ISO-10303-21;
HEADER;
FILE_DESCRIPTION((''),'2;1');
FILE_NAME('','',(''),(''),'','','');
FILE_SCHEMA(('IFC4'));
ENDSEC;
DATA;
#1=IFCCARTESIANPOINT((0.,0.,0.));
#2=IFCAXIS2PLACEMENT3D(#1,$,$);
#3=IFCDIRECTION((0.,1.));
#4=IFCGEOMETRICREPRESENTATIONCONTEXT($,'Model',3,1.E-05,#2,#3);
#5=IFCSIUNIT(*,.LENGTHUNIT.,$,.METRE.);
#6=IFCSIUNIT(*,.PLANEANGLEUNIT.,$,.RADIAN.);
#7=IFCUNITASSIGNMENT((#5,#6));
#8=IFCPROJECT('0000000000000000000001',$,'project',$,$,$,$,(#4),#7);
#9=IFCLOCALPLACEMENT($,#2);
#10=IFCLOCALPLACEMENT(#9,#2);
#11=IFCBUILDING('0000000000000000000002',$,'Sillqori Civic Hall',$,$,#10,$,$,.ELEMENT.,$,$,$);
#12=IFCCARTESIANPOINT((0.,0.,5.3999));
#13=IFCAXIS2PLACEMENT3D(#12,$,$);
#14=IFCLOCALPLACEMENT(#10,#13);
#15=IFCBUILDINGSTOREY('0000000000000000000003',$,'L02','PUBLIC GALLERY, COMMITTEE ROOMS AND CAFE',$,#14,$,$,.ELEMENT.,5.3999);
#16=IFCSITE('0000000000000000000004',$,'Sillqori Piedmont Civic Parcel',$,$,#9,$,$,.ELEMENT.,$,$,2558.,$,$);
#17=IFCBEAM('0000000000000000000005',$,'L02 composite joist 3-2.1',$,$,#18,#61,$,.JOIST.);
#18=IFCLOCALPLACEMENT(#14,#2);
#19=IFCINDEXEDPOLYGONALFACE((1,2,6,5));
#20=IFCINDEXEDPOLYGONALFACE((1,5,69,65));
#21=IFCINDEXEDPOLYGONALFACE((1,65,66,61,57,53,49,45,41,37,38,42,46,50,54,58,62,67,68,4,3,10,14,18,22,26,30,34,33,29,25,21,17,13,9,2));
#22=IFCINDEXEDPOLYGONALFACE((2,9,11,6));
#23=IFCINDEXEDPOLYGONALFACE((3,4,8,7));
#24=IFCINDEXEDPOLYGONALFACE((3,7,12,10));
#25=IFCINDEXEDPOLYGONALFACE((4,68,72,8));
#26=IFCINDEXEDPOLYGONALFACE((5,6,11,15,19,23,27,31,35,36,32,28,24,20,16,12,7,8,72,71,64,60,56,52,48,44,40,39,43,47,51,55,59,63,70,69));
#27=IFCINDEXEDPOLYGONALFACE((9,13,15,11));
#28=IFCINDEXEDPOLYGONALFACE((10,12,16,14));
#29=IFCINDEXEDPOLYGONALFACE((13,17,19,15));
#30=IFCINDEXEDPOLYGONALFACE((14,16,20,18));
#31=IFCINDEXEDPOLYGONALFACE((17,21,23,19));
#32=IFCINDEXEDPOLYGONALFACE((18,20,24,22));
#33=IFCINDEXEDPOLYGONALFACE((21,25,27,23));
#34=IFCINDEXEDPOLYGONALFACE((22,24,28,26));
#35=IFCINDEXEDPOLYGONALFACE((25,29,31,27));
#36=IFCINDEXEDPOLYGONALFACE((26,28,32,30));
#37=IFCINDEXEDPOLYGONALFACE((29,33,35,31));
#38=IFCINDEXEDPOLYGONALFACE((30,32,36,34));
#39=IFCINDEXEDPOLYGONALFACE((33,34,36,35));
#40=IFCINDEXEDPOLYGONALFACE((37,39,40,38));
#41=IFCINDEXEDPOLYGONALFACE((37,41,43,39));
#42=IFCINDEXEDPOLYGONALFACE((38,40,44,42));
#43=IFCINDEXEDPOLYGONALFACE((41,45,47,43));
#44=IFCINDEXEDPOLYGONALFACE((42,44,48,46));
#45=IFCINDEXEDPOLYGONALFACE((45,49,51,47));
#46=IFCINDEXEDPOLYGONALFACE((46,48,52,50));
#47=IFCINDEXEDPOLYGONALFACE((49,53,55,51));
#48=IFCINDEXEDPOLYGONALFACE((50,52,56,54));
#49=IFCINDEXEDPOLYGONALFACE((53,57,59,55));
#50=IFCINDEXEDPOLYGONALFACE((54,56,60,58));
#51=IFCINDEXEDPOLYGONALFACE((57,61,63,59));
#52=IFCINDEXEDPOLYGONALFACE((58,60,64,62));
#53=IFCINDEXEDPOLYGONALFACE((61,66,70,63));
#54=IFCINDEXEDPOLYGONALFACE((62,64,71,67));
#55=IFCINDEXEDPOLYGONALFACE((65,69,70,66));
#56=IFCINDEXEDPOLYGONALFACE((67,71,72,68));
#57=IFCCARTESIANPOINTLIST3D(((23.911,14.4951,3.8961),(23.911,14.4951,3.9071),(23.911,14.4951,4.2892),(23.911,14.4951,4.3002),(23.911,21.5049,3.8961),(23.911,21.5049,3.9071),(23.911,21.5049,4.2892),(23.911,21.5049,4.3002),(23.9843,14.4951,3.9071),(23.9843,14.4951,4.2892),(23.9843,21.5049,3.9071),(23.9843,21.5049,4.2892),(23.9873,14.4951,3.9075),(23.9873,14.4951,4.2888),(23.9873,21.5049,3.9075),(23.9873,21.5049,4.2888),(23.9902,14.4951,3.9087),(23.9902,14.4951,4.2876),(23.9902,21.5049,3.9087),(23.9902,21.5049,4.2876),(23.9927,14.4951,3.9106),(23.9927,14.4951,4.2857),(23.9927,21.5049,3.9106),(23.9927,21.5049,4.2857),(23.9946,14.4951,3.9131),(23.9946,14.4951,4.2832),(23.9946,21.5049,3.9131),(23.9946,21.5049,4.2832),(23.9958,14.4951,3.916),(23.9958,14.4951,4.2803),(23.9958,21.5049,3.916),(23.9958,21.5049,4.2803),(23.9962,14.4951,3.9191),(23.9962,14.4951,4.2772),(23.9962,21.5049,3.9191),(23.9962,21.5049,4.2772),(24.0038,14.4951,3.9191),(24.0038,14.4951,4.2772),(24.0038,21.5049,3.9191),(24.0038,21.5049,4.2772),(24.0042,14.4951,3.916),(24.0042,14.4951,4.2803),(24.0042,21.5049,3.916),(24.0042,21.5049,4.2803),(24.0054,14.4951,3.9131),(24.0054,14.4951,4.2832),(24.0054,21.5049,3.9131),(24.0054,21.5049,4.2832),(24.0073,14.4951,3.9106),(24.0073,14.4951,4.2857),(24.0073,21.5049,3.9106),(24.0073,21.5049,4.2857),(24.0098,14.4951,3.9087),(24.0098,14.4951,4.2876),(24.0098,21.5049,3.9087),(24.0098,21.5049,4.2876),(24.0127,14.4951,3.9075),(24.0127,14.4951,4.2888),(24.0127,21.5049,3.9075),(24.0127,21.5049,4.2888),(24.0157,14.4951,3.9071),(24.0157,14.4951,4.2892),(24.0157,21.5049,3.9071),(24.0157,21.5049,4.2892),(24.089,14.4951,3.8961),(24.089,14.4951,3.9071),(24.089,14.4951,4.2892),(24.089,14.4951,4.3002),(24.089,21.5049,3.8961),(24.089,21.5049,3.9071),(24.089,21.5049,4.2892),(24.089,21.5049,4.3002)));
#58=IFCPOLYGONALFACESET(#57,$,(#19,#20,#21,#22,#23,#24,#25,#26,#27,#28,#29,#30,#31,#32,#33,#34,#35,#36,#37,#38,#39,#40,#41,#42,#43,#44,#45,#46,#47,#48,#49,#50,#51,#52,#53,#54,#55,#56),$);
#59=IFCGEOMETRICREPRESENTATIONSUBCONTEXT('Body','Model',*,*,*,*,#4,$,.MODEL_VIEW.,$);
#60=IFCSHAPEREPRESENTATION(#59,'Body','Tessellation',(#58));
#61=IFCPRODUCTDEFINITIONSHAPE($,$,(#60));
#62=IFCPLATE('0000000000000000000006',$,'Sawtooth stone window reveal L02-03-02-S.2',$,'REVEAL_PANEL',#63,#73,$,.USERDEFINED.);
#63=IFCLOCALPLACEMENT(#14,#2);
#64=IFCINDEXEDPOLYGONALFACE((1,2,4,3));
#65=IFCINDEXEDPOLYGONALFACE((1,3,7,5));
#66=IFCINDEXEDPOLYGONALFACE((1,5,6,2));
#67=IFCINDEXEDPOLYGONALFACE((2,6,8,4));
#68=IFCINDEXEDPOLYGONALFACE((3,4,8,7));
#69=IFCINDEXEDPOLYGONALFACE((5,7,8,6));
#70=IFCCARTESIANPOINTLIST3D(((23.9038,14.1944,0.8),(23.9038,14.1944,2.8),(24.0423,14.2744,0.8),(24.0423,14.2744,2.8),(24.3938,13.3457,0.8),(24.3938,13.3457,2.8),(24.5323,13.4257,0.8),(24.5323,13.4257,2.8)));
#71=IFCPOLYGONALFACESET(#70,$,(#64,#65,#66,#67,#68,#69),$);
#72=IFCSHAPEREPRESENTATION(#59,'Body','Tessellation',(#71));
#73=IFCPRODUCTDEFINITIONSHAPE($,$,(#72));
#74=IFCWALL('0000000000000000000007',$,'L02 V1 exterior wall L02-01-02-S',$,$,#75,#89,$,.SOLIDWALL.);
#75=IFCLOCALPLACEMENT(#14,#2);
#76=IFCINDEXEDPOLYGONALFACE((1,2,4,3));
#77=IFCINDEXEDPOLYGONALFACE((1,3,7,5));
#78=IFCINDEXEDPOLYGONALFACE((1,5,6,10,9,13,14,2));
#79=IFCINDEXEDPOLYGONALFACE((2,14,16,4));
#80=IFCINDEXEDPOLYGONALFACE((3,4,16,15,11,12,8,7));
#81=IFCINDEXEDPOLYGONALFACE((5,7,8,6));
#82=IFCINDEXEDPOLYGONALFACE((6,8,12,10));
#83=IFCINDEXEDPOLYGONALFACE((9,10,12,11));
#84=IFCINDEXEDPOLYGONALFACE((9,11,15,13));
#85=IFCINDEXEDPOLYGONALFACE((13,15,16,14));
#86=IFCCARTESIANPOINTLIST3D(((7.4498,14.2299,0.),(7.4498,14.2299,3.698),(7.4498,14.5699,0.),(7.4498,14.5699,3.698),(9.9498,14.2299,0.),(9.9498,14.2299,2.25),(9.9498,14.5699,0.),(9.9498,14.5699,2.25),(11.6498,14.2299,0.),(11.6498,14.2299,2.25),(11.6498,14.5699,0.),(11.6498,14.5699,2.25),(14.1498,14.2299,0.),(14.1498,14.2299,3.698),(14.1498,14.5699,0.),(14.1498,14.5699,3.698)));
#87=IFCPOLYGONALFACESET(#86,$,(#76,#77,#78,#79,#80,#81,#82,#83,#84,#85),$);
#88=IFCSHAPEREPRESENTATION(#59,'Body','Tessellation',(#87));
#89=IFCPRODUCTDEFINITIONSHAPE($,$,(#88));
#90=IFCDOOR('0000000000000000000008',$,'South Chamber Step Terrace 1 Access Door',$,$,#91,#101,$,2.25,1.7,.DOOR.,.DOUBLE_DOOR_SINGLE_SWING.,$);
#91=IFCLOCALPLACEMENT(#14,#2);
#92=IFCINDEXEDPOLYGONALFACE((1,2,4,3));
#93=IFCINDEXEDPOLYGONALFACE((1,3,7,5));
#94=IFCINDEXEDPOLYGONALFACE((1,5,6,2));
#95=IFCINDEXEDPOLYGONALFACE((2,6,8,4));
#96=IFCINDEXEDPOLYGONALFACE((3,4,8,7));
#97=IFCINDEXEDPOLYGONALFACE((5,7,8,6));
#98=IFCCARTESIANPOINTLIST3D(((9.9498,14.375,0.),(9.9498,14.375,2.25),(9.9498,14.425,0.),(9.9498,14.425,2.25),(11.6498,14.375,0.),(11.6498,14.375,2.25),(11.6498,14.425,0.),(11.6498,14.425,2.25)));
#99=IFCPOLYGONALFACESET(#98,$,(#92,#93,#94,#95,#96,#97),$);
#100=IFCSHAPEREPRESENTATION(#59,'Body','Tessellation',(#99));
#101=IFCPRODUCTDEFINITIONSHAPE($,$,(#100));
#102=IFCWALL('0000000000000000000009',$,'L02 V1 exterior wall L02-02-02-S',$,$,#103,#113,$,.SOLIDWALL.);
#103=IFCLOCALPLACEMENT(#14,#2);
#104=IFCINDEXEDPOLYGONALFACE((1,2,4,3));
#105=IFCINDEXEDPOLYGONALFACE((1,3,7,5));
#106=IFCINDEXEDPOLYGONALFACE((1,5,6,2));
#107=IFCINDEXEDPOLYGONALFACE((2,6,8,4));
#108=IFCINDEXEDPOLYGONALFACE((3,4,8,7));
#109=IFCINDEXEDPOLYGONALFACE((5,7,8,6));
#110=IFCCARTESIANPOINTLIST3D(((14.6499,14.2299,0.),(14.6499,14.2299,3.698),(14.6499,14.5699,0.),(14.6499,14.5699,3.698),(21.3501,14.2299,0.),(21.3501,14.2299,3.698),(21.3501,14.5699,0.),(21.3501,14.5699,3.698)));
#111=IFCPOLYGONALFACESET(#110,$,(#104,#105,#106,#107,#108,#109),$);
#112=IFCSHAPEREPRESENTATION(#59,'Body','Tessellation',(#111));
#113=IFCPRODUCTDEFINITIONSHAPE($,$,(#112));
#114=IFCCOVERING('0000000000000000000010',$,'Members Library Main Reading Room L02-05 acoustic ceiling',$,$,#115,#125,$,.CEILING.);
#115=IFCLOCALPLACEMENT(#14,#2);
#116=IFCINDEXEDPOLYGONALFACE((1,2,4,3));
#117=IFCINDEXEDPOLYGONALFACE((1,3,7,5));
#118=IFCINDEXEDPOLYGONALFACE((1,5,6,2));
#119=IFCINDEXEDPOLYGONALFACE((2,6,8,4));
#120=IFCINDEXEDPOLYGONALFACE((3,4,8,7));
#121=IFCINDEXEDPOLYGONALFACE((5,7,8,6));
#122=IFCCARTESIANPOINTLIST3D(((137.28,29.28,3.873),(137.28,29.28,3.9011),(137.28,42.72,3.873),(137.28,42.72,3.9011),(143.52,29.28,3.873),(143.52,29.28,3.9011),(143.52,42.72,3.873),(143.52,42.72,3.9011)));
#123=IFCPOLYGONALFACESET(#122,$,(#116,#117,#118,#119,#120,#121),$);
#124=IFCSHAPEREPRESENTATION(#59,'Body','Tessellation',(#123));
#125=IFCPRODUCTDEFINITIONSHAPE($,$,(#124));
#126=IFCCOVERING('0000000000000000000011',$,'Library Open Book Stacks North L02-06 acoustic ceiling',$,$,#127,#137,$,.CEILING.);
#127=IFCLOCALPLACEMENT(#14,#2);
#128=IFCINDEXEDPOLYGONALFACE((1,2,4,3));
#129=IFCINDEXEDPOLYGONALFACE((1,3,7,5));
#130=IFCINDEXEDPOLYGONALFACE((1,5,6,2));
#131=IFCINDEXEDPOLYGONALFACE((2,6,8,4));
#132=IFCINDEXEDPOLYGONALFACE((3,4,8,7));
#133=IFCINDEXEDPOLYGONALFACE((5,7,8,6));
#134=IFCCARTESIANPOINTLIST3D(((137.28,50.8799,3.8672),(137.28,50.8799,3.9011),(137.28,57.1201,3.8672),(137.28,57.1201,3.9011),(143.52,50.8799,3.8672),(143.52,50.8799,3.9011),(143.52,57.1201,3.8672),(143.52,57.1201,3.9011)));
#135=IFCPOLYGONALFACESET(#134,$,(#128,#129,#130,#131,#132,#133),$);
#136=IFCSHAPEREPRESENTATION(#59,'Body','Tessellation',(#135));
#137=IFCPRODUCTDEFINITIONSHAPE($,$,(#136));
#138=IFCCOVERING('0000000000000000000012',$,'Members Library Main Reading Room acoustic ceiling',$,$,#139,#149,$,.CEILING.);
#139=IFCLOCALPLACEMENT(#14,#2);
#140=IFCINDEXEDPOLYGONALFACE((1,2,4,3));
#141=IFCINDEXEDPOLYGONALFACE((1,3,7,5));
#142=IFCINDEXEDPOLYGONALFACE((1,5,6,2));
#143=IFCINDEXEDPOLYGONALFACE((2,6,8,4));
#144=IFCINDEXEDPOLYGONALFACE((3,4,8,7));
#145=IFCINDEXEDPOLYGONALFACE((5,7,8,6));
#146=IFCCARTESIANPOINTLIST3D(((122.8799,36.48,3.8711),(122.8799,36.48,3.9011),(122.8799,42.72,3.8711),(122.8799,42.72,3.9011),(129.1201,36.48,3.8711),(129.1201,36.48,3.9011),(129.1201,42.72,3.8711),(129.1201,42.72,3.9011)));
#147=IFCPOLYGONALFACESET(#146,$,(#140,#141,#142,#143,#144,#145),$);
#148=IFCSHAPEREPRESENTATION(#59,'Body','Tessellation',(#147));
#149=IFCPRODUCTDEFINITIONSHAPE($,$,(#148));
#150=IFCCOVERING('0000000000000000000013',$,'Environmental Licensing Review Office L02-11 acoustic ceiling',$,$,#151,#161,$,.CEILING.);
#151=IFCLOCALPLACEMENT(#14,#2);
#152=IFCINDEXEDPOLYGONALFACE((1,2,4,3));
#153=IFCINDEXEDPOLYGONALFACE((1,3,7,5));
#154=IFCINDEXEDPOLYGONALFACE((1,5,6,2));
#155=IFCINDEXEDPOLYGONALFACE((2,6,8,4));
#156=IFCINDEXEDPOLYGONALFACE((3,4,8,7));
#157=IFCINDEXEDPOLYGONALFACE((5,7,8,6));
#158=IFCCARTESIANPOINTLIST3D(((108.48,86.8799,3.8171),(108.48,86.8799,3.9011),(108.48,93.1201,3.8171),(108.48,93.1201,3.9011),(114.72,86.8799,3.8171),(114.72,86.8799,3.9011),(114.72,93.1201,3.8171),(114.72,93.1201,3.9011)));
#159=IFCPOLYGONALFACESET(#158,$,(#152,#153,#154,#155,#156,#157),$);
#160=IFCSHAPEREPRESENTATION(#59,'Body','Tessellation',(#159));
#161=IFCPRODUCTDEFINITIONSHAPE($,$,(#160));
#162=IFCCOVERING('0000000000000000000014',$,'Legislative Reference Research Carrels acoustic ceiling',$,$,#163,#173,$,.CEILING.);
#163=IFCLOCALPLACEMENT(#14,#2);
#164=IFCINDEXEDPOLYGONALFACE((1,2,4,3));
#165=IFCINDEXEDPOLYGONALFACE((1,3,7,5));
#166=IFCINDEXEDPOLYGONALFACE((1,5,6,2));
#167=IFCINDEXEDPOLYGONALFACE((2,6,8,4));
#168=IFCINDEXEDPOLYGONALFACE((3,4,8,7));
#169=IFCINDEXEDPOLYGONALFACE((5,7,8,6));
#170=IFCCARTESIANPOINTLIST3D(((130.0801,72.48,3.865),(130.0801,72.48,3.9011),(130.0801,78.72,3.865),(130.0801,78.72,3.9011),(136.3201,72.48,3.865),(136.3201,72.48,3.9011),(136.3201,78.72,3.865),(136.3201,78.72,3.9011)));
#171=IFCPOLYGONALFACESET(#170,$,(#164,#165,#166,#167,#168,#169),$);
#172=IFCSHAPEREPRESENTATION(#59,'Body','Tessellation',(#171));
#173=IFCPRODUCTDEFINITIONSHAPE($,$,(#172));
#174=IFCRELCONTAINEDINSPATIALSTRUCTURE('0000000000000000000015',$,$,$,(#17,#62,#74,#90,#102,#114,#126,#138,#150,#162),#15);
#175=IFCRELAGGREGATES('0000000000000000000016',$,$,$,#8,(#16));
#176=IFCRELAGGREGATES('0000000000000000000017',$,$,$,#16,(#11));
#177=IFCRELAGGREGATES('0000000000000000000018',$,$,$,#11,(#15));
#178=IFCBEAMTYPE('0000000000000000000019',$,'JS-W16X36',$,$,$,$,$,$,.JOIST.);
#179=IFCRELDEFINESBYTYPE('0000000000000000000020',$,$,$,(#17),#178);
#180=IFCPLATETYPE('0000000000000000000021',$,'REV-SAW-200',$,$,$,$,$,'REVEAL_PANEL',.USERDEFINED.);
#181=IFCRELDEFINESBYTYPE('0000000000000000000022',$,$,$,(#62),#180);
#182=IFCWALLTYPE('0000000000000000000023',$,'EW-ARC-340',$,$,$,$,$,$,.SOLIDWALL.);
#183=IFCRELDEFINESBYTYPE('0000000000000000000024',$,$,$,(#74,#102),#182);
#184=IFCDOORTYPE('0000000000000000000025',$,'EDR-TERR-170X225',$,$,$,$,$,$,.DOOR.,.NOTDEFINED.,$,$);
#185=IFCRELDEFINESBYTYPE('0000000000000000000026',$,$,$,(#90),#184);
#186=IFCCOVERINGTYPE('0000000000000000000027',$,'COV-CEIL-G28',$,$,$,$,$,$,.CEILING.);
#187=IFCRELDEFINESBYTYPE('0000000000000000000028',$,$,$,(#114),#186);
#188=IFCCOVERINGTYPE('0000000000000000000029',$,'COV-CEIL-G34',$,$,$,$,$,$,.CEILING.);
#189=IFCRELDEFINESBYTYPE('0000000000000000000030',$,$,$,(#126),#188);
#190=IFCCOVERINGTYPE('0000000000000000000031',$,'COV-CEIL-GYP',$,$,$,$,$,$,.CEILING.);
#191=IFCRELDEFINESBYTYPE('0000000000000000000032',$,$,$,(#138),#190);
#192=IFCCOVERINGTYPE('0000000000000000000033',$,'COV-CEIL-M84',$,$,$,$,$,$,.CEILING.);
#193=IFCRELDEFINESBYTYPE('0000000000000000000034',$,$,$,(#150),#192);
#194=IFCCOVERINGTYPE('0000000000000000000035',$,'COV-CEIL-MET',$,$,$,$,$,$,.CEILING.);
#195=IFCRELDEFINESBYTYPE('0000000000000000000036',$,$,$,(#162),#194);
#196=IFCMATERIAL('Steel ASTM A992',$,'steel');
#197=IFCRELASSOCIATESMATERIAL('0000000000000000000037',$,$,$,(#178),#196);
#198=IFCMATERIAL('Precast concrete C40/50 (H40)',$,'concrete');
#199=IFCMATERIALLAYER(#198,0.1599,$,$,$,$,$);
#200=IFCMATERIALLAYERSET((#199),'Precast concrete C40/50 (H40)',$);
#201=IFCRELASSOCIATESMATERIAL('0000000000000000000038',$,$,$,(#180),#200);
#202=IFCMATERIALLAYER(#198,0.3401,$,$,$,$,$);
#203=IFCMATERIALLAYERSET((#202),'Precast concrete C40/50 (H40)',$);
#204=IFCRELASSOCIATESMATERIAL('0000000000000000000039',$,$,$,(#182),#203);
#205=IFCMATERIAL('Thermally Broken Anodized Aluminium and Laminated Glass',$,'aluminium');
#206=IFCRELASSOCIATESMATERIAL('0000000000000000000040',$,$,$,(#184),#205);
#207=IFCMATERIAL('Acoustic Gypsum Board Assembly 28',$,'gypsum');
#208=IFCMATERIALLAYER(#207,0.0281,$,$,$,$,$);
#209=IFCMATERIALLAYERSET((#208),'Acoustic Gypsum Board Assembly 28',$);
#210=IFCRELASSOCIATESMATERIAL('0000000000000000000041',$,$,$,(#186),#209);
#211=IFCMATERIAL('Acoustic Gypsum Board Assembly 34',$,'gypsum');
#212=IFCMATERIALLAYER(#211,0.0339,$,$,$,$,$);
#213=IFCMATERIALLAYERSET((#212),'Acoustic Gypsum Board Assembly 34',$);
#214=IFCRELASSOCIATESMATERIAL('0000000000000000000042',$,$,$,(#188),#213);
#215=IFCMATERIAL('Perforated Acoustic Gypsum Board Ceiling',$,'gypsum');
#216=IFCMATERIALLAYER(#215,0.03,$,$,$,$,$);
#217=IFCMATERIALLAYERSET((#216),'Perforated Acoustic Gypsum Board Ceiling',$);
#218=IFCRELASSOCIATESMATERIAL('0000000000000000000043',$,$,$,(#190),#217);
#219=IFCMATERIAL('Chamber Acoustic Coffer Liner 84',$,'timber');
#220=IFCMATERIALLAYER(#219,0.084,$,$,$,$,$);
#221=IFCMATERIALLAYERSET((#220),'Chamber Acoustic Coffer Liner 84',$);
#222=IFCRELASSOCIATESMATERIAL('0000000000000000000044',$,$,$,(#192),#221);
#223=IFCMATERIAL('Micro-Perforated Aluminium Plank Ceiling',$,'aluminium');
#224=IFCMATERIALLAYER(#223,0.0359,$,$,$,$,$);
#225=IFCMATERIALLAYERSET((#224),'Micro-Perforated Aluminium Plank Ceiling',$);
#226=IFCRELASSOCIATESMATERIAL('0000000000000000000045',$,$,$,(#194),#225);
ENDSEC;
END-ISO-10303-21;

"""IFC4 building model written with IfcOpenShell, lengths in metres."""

from ifc_helpers import new_model, si_unit, direction, frame, frame_2d, origin, origin_2d, place, context, subcontext, project, spatial, polyline, rectangle, i_section, outline, extrude, material, layer, layer_set, material_profile, profile_set, type_object, element, fill, save


model = new_model("IFC4")

# Units and contexts
model_context = context("Model", 3, precision=1e-05, world=origin(), true_north=direction((0.0, 1.0)))
body_context = subcontext(model_context, "Body", "Model", "MODEL_VIEW")
ifc_project = project(units=[si_unit("LENGTHUNIT", "METRE"), si_unit("PLANEANGLEUNIT", "RADIAN")], contexts=[model_context])

# Site, building, storey
site_placement = place(None, origin())
site = spatial("IfcSite", under=ifc_project, at=site_placement, Name="Sillqori Piedmont Civic Parcel", CompositionType="ELEMENT", RefElevation=2558.0)
building_placement = place(site_placement, origin())
building = spatial("IfcBuilding", under=site, at=building_placement, Name="Sillqori Civic Hall", CompositionType="ELEMENT")
storey_placement = place(building_placement, frame((0.0, 0.0, 5.3999)))
storey = spatial("IfcBuildingStorey", under=building, at=storey_placement, Name="L02", Description="PUBLIC GALLERY, COMMITTEE ROOMS AND CAFE", CompositionType="ELEMENT", Elevation=5.3999)

# Beam
ifc_material_1 = material(Name="Steel ASTM A992", Category="steel")
ifc_material_profile_1 = material_profile(ifc_material_1, i_section(OverallWidth=0.178, OverallDepth=0.4041, WebThickness=0.0076, FlangeThickness=0.011, FilletRadius=0.012, at=origin_2d()), Name="W16X36")
ifc_profile_set_1 = profile_set([ifc_material_profile_1], Name="Steel ASTM A992")
beam_type_1 = type_object("IfcBeamType", Name="JS-W16X36", PredefinedType="JOIST", material=ifc_profile_set_1)
for number, where, z_axis, x_axis, name in (
    (1, (24.0, 14.4951, 4.0981), (0.0, 1.0, 0.0), (-1.0, 0.0, 0.0), "L02 composite joist 3-2.1"),
):
    element("IfcBeam", number, at=place(storey_placement, frame(where, z_axis=z_axis, x_axis=x_axis)), inside=storey, type_object=beam_type_1, Name=name, PredefinedType="JOIST", context=body_context, shape_type="SweptSolid", body=[
        extrude(i_section(OverallWidth=0.178, OverallDepth=0.4041, WebThickness=0.0076, FlangeThickness=0.011, FilletRadius=0.012, at=origin_2d()), origin(), (0.0, 0.0, 1.0), 7.0098),
    ])

# Plate
ifc_material_2 = material(Name="Precast concrete C40/50 (H40)", Category="concrete")
ifc_layer_1 = layer(ifc_material_2, 0.1599)
ifc_layer_set_1 = layer_set([ifc_layer_1], Name="Precast concrete C40/50 (H40)")
plate_type = type_object("IfcPlateType", Name="REV-SAW-200", ElementType="REVEAL_PANEL", PredefinedType="USERDEFINED", material=ifc_layer_set_1)
plate_placement = place(storey_placement, frame((24.218, 13.8101, 0.8), z_axis=(0.0, 0.0, 1.0), x_axis=(-0.866025, -0.5, 0.0)))
element("IfcPlate", 2, at=plate_placement, inside=storey, type_object=plate_type, Name="Sawtooth stone window reveal L02-03-02-S.2", ObjectType="REVEAL_PANEL", PredefinedType="USERDEFINED", context=body_context, shape_type="SweptSolid", body=[
    extrude(rectangle(XDim=0.1599, YDim=0.98, at=origin_2d()), origin(), (0.0, 0.0, 1.0), 2.0),
])

# Wall, opening, door
ifc_layer_2 = layer(ifc_material_2, 0.3401)
ifc_layer_set_2 = layer_set([ifc_layer_2], Name="Precast concrete C40/50 (H40)")
wall_type = type_object("IfcWallType", Name="EW-ARC-340", PredefinedType="SOLIDWALL", material=ifc_layer_set_2)
wall_1_placement = place(storey_placement, frame((14.1499, 14.3999, 0.0), z_axis=(0.0, 0.0, 1.0), x_axis=(-1.0, 0.0, 0.0)))
wall_1 = element("IfcWall", 3, at=wall_1_placement, inside=storey, type_object=wall_type, Name="L02 V1 exterior wall L02-01-02-S", PredefinedType="SOLIDWALL", context=body_context, shape_type="SweptSolid", body=[
    extrude(rectangle(XDim=6.7, YDim=0.3401, at=frame_2d((3.3501, 0.0))), origin(), (0.0, 0.0, 1.0), 3.698),
])
opening_placement = place(wall_1_placement, frame((2.5, 0.0, 0.0)))
opening = element("IfcOpeningElement", 4, at=opening_placement, cuts=wall_1, PredefinedType="OPENING", context=body_context, shape_type="SweptSolid", body=[
    extrude(rectangle(XDim=1.7, YDim=2.25, at=frame_2d((0.8501, 1.125))), frame((0.0, 0.1799, 0.0), z_axis=(0.0, -1.0, 0.0), x_axis=(1.0, 0.0, 0.0)), (0.0, 0.0, 1.0), 0.3601),
])
ifc_material_3 = material(Name="Thermally Broken Anodized Aluminium and Laminated Glass", Category="aluminium")
door_type = type_object("IfcDoorType", Name="EDR-TERR-170X225", OperationType="NOTDEFINED", PredefinedType="DOOR", material=ifc_material_3)
door_placement = place(opening_placement, origin())
door = element("IfcDoor", 5, at=door_placement, inside=storey, type_object=door_type, Name="South Chamber Step Terrace 1 Access Door", OperationType="DOUBLE_DOOR_SINGLE_SWING", OverallHeight=2.25, OverallWidth=1.7, PredefinedType="DOOR", context=body_context, shape_type="SweptSolid", body=[
    extrude(rectangle(XDim=1.7, YDim=2.25, at=frame_2d((0.8501, 1.125))), frame((0.0, 0.0249, 0.0), z_axis=(0.0, -1.0, 0.0), x_axis=(1.0, 0.0, 0.0)), (0.0, 0.0, 1.0), 0.05),
])
fill(opening, door)

# Wall
wall_2_placement = place(storey_placement, frame((21.3501, 14.3999, 0.0), z_axis=(0.0, 0.0, 1.0), x_axis=(-1.0, 0.0, 0.0)))
element("IfcWall", 6, at=wall_2_placement, inside=storey, type_object=wall_type, Name="L02 V1 exterior wall L02-02-02-S", PredefinedType="SOLIDWALL", context=body_context, shape_type="SweptSolid", body=[
    extrude(rectangle(XDim=6.7002, YDim=0.3401, at=frame_2d((3.3501, 0.0))), origin(), (0.0, 0.0, 1.0), 3.698),
])

# Coverings
ifc_material_4 = material(Name="Acoustic Gypsum Board Assembly 28", Category="gypsum")
ifc_layer_3 = layer(ifc_material_4, 0.0281)
ifc_layer_set_3 = layer_set([ifc_layer_3], Name="Acoustic Gypsum Board Assembly 28")
covering_type_1 = type_object("IfcCoveringType", Name="COV-CEIL-G28", PredefinedType="CEILING", material=ifc_layer_set_3)
covering_1_placement = place(storey_placement, frame((0.0, 0.0, 3.873)))
element("IfcCovering", 7, at=covering_1_placement, inside=storey, type_object=covering_type_1, Name="Members Library Main Reading Room L02-05 acoustic ceiling", PredefinedType="CEILING", context=body_context, shape_type="SweptSolid", body=[
    extrude(outline(polyline([(137.28, 29.28), (143.52, 29.28), (143.52, 42.72), (137.28, 42.72), (137.28, 29.28)])), origin(), (0.0, 0.0, 1.0), 0.0281),
])
ifc_material_5 = material(Name="Acoustic Gypsum Board Assembly 34", Category="gypsum")
ifc_layer_4 = layer(ifc_material_5, 0.0339)
ifc_layer_set_4 = layer_set([ifc_layer_4], Name="Acoustic Gypsum Board Assembly 34")
covering_type_2 = type_object("IfcCoveringType", Name="COV-CEIL-G34", PredefinedType="CEILING", material=ifc_layer_set_4)
covering_2_placement = place(storey_placement, frame((0.0, 0.0, 3.8672)))
element("IfcCovering", 8, at=covering_2_placement, inside=storey, type_object=covering_type_2, Name="Library Open Book Stacks North L02-06 acoustic ceiling", PredefinedType="CEILING", context=body_context, shape_type="SweptSolid", body=[
    extrude(outline(polyline([(137.28, 50.8799), (143.52, 50.8799), (143.52, 57.1201), (137.28, 57.1201), (137.28, 50.8799)])), origin(), (0.0, 0.0, 1.0), 0.0339),
])
ifc_material_6 = material(Name="Perforated Acoustic Gypsum Board Ceiling", Category="gypsum")
ifc_layer_5 = layer(ifc_material_6, 0.03)
ifc_layer_set_5 = layer_set([ifc_layer_5], Name="Perforated Acoustic Gypsum Board Ceiling")
covering_type_3 = type_object("IfcCoveringType", Name="COV-CEIL-GYP", PredefinedType="CEILING", material=ifc_layer_set_5)
covering_3_placement = place(storey_placement, frame((0.0, 0.0, 3.8711)))
element("IfcCovering", 9, at=covering_3_placement, inside=storey, type_object=covering_type_3, Name="Members Library Main Reading Room acoustic ceiling", PredefinedType="CEILING", context=body_context, shape_type="SweptSolid", body=[
    extrude(outline(polyline([(122.8799, 36.48), (129.1201, 36.48), (129.1201, 42.72), (122.8799, 42.72), (122.8799, 36.48)])), origin(), (0.0, 0.0, 1.0), 0.03),
])
ifc_material_7 = material(Name="Chamber Acoustic Coffer Liner 84", Category="timber")
ifc_layer_6 = layer(ifc_material_7, 0.084)
ifc_layer_set_6 = layer_set([ifc_layer_6], Name="Chamber Acoustic Coffer Liner 84")
covering_type_4 = type_object("IfcCoveringType", Name="COV-CEIL-M84", PredefinedType="CEILING", material=ifc_layer_set_6)
covering_4_placement = place(storey_placement, frame((0.0, 0.0, 3.8171)))
element("IfcCovering", 10, at=covering_4_placement, inside=storey, type_object=covering_type_4, Name="Environmental Licensing Review Office L02-11 acoustic ceiling", PredefinedType="CEILING", context=body_context, shape_type="SweptSolid", body=[
    extrude(outline(polyline([(108.48, 86.8799), (114.72, 86.8799), (114.72, 93.1201), (108.48, 93.1201), (108.48, 86.8799)])), origin(), (0.0, 0.0, 1.0), 0.084),
])
ifc_material_8 = material(Name="Micro-Perforated Aluminium Plank Ceiling", Category="aluminium")
ifc_layer_7 = layer(ifc_material_8, 0.0359)
ifc_layer_set_7 = layer_set([ifc_layer_7], Name="Micro-Perforated Aluminium Plank Ceiling")
covering_type_5 = type_object("IfcCoveringType", Name="COV-CEIL-MET", PredefinedType="CEILING", material=ifc_layer_set_7)
covering_5_placement = place(storey_placement, frame((0.0, 0.0, 3.865)))
element("IfcCovering", 11, at=covering_5_placement, inside=storey, type_object=covering_type_5, Name="Legislative Reference Research Carrels acoustic ceiling", PredefinedType="CEILING", context=body_context, shape_type="SweptSolid", body=[
    extrude(outline(polyline([(130.0801, 72.48), (136.3201, 72.48), (136.3201, 78.72), (130.0801, 78.72), (130.0801, 72.48)])), origin(), (0.0, 0.0, 1.0), 0.0361),
])

save(model, "model.ifc")
